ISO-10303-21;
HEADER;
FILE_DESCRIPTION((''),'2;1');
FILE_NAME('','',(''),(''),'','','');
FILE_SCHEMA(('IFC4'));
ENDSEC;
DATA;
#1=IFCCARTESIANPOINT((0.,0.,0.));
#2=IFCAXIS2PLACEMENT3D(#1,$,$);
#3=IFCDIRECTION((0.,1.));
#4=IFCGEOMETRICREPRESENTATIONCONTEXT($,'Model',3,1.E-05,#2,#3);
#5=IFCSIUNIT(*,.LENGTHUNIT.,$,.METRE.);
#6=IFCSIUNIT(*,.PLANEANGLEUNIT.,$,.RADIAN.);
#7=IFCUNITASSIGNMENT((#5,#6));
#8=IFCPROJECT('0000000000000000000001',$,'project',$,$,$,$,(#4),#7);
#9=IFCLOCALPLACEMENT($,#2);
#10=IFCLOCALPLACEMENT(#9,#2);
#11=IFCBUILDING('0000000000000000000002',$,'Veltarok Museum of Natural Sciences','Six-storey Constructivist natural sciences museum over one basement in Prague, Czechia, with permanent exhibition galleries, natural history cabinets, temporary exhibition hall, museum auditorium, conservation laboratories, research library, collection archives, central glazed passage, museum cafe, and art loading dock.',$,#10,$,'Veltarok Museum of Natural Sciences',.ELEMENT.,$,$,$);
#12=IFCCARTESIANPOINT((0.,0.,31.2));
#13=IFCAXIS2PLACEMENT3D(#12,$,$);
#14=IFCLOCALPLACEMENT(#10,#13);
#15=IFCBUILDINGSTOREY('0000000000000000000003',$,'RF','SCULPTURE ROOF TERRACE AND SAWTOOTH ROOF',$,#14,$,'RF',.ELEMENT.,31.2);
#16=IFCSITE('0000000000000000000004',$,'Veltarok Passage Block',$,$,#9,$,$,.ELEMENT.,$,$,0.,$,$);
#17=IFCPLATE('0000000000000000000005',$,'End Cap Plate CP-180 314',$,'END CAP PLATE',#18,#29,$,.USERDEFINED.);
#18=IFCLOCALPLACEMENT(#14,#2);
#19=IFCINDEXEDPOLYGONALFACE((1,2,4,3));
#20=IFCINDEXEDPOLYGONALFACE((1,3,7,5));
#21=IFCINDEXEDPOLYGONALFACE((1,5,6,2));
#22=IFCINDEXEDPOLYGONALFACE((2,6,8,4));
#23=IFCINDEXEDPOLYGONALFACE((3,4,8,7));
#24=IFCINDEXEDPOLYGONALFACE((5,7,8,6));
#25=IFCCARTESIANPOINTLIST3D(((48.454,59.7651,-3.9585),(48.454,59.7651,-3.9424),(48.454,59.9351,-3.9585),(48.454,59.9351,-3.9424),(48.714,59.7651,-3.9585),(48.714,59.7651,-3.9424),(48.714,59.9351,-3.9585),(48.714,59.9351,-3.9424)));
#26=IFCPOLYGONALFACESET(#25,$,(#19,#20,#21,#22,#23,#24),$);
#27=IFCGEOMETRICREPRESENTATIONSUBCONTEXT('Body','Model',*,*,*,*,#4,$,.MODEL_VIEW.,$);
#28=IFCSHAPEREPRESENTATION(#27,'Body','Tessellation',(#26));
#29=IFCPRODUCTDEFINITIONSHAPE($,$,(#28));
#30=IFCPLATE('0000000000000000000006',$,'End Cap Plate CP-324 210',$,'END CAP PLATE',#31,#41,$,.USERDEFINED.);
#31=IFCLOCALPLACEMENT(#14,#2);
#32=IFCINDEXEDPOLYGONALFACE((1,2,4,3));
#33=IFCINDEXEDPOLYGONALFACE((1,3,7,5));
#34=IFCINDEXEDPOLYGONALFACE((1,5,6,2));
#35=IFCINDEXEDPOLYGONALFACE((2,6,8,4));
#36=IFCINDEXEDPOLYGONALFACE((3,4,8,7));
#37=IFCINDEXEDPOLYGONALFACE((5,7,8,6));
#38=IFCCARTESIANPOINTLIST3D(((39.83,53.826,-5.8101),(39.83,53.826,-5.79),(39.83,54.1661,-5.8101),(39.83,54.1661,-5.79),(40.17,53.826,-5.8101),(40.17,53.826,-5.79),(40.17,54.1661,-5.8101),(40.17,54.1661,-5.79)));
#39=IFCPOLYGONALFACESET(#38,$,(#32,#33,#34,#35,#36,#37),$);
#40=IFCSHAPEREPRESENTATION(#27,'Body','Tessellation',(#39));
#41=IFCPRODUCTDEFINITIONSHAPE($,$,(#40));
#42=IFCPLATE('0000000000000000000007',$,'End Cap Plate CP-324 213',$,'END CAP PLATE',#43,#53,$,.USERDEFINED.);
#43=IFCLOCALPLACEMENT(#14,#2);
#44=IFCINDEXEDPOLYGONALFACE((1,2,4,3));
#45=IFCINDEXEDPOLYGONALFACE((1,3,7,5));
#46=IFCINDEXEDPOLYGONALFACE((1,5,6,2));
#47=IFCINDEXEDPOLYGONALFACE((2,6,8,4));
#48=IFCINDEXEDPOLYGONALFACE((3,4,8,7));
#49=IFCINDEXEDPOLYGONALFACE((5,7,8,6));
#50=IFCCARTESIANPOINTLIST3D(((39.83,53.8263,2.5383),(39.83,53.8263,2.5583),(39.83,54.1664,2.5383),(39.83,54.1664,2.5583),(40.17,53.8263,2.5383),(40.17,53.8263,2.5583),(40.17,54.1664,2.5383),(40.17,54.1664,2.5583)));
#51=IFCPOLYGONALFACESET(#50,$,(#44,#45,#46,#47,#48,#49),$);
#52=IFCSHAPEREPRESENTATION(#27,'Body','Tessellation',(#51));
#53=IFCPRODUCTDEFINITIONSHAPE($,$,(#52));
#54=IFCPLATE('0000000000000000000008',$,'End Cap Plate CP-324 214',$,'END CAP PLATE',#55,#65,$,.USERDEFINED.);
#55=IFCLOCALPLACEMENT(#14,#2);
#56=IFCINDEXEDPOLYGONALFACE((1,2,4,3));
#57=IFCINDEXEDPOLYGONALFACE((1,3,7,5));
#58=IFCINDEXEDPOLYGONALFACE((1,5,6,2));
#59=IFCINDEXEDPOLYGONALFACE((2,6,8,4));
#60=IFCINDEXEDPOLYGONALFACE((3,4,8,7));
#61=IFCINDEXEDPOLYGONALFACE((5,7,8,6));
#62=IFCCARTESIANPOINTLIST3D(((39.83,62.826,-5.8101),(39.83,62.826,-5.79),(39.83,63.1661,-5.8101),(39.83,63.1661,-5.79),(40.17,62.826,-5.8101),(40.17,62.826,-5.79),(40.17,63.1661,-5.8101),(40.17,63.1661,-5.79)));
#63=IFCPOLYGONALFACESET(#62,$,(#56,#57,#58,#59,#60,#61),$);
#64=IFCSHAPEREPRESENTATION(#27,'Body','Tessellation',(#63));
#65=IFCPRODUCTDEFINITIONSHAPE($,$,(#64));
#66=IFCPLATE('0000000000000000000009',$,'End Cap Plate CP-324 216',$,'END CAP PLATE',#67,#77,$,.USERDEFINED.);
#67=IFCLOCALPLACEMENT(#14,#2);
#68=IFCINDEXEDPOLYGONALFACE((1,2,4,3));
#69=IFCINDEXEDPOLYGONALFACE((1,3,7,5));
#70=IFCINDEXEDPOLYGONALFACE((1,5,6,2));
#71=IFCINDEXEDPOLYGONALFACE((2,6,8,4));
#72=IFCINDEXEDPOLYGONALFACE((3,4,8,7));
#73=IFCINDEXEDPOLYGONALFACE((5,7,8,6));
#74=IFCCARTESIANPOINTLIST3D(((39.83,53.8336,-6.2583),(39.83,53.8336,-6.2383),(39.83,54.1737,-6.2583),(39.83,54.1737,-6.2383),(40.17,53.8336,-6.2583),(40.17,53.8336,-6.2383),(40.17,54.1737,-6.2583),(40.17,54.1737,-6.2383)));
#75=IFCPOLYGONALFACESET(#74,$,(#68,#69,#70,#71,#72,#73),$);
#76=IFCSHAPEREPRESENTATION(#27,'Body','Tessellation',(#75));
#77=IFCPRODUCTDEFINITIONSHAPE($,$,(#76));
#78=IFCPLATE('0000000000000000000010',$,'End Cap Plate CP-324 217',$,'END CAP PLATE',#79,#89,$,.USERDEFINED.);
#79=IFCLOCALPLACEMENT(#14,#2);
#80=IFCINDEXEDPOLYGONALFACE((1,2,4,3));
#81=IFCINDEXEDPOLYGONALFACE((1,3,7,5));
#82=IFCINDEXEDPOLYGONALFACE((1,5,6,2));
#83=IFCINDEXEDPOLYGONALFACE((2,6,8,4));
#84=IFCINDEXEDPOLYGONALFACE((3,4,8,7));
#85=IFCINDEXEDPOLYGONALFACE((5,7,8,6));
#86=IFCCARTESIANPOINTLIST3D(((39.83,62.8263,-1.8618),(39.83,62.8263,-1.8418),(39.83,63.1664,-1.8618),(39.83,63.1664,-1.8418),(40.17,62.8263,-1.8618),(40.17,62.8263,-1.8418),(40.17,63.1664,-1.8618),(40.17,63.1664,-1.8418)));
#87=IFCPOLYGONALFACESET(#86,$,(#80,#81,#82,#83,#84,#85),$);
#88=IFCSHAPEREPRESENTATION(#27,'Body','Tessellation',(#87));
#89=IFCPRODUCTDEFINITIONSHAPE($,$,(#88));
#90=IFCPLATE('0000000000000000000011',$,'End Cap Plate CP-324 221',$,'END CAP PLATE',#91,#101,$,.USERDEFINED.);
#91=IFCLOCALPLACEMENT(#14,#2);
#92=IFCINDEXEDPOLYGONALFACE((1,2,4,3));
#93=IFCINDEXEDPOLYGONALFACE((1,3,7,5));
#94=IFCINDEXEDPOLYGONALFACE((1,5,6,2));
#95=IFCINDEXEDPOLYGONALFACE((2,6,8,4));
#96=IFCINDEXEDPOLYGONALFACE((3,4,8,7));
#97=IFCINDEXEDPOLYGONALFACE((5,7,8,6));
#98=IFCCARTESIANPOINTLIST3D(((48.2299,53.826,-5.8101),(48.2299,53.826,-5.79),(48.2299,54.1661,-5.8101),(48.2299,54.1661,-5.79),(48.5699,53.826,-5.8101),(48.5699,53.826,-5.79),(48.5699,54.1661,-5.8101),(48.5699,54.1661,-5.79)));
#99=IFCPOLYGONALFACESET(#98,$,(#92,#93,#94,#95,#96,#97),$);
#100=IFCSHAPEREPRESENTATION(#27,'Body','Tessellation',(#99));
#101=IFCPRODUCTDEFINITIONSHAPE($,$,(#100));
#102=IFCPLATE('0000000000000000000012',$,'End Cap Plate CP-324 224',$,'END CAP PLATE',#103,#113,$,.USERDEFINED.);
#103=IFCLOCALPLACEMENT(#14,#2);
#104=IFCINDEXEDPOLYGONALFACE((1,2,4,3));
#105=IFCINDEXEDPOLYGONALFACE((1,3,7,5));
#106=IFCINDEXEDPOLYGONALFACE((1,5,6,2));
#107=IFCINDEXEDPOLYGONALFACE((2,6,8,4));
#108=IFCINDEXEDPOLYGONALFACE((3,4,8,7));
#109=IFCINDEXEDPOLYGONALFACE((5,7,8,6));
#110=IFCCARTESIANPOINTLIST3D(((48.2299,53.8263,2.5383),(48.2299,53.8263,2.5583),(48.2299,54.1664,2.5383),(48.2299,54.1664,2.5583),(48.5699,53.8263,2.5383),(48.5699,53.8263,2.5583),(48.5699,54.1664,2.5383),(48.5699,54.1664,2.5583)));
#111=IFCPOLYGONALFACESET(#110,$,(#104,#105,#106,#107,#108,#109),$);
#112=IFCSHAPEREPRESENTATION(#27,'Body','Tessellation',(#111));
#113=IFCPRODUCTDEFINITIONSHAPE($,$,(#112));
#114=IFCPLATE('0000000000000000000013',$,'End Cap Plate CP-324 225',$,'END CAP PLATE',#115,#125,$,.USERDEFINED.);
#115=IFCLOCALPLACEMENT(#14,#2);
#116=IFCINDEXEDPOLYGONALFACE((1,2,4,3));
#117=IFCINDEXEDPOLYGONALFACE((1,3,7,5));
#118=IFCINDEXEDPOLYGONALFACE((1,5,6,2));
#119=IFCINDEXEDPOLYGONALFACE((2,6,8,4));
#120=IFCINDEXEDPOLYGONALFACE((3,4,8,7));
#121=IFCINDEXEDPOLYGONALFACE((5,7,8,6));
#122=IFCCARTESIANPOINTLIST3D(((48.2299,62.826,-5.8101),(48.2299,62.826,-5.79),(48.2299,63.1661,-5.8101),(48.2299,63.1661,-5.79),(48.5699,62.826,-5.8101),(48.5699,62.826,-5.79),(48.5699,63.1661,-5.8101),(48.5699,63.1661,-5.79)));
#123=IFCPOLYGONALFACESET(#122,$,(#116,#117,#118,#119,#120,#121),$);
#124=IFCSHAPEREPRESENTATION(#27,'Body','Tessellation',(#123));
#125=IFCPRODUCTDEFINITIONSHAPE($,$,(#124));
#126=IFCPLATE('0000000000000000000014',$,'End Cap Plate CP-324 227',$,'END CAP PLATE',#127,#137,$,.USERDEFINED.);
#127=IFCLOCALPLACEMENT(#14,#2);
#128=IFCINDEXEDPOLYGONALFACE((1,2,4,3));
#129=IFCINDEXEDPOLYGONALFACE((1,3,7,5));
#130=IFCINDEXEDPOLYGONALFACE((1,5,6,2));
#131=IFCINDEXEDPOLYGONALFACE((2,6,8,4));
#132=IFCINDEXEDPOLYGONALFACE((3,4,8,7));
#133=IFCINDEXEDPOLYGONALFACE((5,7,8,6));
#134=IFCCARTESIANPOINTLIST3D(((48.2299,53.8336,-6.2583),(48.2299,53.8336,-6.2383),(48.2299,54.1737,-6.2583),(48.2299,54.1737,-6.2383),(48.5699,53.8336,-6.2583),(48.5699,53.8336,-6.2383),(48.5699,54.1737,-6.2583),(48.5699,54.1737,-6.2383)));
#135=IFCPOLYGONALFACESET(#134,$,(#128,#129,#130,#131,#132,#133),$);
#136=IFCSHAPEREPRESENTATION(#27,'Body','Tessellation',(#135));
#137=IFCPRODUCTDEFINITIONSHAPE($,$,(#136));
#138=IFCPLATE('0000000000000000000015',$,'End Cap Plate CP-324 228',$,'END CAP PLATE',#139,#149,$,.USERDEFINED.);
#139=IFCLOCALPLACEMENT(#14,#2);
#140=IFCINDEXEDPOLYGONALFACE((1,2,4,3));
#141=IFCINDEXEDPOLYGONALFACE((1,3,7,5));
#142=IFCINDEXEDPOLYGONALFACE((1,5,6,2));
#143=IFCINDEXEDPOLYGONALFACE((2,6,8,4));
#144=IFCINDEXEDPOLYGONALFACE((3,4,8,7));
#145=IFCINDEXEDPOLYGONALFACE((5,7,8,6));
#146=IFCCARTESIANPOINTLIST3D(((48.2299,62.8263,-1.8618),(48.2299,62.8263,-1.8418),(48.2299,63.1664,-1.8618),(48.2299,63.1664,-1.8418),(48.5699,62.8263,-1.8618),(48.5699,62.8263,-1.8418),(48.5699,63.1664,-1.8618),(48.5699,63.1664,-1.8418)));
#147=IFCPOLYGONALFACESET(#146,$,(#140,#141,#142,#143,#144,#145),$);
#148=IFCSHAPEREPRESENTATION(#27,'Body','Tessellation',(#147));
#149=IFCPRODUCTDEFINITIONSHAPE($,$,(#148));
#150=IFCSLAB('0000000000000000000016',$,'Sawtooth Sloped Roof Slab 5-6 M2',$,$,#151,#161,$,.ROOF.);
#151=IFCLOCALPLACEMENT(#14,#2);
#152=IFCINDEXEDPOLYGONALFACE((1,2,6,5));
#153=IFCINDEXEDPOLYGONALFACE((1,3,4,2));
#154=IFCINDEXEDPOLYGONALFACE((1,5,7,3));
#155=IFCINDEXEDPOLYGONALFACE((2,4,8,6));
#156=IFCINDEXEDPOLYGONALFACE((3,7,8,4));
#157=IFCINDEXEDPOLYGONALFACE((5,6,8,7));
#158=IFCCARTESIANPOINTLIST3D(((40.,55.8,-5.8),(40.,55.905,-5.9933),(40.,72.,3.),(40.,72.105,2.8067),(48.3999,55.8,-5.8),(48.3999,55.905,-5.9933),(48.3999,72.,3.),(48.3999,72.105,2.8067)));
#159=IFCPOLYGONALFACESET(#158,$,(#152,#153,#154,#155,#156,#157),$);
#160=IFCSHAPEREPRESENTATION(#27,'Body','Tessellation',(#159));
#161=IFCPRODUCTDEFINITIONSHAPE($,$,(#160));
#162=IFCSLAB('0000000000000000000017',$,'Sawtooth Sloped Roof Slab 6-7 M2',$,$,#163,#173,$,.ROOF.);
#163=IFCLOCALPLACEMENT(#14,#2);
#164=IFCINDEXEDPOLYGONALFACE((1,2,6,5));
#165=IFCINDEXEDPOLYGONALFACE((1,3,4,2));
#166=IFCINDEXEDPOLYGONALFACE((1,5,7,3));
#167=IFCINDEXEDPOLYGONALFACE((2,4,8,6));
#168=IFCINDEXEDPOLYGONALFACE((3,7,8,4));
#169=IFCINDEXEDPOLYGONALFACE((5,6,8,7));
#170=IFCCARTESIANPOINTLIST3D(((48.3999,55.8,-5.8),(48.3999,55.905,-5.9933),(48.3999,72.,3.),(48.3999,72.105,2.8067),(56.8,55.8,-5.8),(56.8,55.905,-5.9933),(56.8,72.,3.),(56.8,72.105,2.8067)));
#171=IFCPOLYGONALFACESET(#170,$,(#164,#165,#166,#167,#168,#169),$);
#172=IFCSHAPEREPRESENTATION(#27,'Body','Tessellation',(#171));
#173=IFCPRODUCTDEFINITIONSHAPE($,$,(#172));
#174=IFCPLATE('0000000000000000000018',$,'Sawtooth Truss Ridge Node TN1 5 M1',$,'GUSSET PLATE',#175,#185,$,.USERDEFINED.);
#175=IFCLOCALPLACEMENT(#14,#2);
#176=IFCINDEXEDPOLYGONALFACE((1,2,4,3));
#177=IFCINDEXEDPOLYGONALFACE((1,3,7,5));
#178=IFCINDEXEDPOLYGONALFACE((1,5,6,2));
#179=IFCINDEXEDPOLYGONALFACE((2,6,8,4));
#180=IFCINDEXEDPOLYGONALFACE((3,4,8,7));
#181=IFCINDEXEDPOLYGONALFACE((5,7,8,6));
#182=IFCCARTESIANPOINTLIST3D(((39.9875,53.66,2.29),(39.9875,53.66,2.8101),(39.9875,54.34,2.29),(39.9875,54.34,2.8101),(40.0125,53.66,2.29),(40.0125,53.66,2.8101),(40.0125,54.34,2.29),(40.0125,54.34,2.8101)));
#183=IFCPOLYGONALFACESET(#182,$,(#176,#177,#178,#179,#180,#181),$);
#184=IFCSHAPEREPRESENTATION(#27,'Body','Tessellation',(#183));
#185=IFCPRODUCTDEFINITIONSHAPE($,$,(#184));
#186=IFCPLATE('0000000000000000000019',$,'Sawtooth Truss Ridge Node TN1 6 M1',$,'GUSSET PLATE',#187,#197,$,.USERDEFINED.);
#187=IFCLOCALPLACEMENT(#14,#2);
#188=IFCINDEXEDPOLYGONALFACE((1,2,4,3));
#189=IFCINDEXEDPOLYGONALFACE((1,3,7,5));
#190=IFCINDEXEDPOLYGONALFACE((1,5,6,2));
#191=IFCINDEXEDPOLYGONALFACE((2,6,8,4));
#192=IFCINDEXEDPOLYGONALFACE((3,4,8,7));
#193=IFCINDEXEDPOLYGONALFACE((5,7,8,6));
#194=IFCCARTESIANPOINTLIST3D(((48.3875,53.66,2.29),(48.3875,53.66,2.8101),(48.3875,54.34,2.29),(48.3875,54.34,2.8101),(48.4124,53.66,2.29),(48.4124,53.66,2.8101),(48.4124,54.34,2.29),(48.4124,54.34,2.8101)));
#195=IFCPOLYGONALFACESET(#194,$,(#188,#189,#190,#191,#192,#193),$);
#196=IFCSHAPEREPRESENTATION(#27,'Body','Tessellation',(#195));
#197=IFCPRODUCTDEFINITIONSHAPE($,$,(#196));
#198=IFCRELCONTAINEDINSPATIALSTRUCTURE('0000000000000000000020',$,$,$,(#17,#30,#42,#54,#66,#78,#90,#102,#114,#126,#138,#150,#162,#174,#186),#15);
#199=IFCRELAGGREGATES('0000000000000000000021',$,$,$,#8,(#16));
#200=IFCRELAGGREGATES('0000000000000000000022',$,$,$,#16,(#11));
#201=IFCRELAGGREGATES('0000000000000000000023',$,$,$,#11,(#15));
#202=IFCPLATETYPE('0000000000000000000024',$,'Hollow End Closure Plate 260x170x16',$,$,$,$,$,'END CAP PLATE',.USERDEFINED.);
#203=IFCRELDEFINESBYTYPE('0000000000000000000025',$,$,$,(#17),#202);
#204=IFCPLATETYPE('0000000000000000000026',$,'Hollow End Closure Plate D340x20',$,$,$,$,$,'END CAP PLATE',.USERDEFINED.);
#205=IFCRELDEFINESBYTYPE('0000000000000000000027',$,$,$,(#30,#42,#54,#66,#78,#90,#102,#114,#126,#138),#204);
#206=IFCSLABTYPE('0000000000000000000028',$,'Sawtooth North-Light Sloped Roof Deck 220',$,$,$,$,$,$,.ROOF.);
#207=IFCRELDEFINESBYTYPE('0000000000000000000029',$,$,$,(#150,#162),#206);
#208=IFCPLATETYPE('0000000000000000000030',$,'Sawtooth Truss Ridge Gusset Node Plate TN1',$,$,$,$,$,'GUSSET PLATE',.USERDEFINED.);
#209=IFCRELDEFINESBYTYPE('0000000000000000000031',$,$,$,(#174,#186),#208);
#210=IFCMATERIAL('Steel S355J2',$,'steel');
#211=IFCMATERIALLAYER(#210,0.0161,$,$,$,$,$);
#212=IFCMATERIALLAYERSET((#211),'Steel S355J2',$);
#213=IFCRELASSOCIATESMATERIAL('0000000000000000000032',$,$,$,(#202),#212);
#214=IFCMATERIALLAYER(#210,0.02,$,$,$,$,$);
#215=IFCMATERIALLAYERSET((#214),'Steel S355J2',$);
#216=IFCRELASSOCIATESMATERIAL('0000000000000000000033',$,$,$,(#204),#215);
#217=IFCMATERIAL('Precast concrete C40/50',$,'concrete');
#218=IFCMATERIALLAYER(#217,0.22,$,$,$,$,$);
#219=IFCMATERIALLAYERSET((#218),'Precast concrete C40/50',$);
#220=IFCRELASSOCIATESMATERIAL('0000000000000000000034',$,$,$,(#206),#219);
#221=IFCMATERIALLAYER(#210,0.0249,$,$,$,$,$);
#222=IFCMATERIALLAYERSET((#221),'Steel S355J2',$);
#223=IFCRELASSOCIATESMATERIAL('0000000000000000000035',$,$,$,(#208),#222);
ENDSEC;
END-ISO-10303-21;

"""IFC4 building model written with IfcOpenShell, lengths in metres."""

from ifc_helpers import new_model, si_unit, direction, frame, origin, origin_2d, place, context, subcontext, project, spatial, polyline, rectangle, outline, extrude, material, layer, layer_set, type_object, element, save


model = new_model("IFC4")

# Units and contexts
model_context = context("Model", 3, precision=1e-05, world=origin(), true_north=direction((0.0, 1.0)))
body_context = subcontext(model_context, "Body", "Model", "MODEL_VIEW")
ifc_project = project(units=[si_unit("LENGTHUNIT", "METRE"), si_unit("PLANEANGLEUNIT", "RADIAN")], contexts=[model_context])

# Site, building, storey
site_placement = place(None, origin())
site = spatial("IfcSite", under=ifc_project, at=site_placement, Name="Veltarok Passage Block", CompositionType="ELEMENT", RefElevation=0.0)
building_placement = place(site_placement, origin())
building = spatial("IfcBuilding", under=site, at=building_placement, Name="Veltarok Museum of Natural Sciences", Description="Six-storey Constructivist natural sciences museum over one basement in Prague, Czechia, with permanent exhibition galleries, natural history cabinets, temporary exhibition hall, museum auditorium, conservation laboratories, research library, collection archives, central glazed passage, museum cafe, and art loading dock.", LongName="Veltarok Museum of Natural Sciences", CompositionType="ELEMENT")
storey_placement = place(building_placement, frame((0.0, 0.0, 31.2)))
storey = spatial("IfcBuildingStorey", under=building, at=storey_placement, Name="RF", Description="SCULPTURE ROOF TERRACE AND SAWTOOTH ROOF", LongName="RF", CompositionType="ELEMENT", Elevation=31.2)

# Shared definitions
ifc_material_1 = material(Name="Steel S355J2", Category="steel")

# Plates
ifc_layer_1 = layer(ifc_material_1, 0.0161)
ifc_layer_set_1 = layer_set([ifc_layer_1], Name="Steel S355J2")
plate_type_1 = type_object("IfcPlateType", Name="Hollow End Closure Plate 260x170x16", ElementType="END CAP PLATE", PredefinedType="USERDEFINED", material=ifc_layer_set_1)
for number, where, z_axis, x_axis, name in (
    (1, (48.584, 59.8501, -3.9585), (0.0, 0.0, 1.0), (1.0, 0.0, 0.0), "End Cap Plate CP-180 314"),
):
    element("IfcPlate", number, at=place(storey_placement, frame(where, z_axis=z_axis, x_axis=x_axis)), inside=storey, type_object=plate_type_1, Name=name, ObjectType="END CAP PLATE", PredefinedType="USERDEFINED", context=body_context, shape_type="SweptSolid", body=[
        extrude(rectangle(XDim=0.26, YDim=0.1699, at=origin_2d()), origin(), (0.0, 0.0, 1.0), 0.0161),
    ])
ifc_layer_2 = layer(ifc_material_1, 0.02)
ifc_layer_set_2 = layer_set([ifc_layer_2], Name="Steel S355J2")
plate_type_2 = type_object("IfcPlateType", Name="Hollow End Closure Plate D340x20", ElementType="END CAP PLATE", PredefinedType="USERDEFINED", material=ifc_layer_set_2)
for number, where, z_axis, x_axis, name in (
    (2, (40.0, 53.9961, -5.8101), (0.0, 0.0, 1.0), (0.0, 1.0, 0.0), "End Cap Plate CP-324 210"),
    (3, (40.0, 53.9963, 2.5383), (0.0, 0.0, 1.0), (0.0, 1.0, 0.0), "End Cap Plate CP-324 213"),
    (4, (40.0, 62.9961, -5.8101), (0.0, 0.0, 1.0), (0.0, 1.0, 0.0), "End Cap Plate CP-324 214"),
    (5, (40.0, 54.0037, -6.2583), (0.0, 0.0, 1.0), (0.0, 1.0, 0.0), "End Cap Plate CP-324 216"),
    (6, (40.0, 62.9963, -1.8618), (0.0, 0.0, 1.0), (0.0, 1.0, 0.0), "End Cap Plate CP-324 217"),
    (7, (48.3999, 53.9961, -5.8101), (0.0, 0.0, 1.0), (0.0, 1.0, 0.0), "End Cap Plate CP-324 221"),
    (8, (48.3999, 53.9963, 2.5383), (0.0, 0.0, 1.0), (0.0, 1.0, 0.0), "End Cap Plate CP-324 224"),
    (9, (48.3999, 62.9961, -5.8101), (0.0, 0.0, 1.0), (0.0, 1.0, 0.0), "End Cap Plate CP-324 225"),
    (10, (48.3999, 54.0037, -6.2583), (0.0, 0.0, 1.0), (0.0, 1.0, 0.0), "End Cap Plate CP-324 227"),
    (11, (48.3999, 62.9963, -1.8618), (0.0, 0.0, 1.0), (0.0, 1.0, 0.0), "End Cap Plate CP-324 228"),
):
    element("IfcPlate", number, at=place(storey_placement, frame(where, z_axis=z_axis, x_axis=x_axis)), inside=storey, type_object=plate_type_2, Name=name, ObjectType="END CAP PLATE", PredefinedType="USERDEFINED", context=body_context, shape_type="SweptSolid", body=[
        extrude(rectangle(XDim=0.3401, YDim=0.3401, at=origin_2d()), origin(), (0.0, 0.0, 1.0), 0.02),
    ])

# Slabs
ifc_material_2 = material(Name="Precast concrete C40/50", Category="concrete")
ifc_layer_3 = layer(ifc_material_2, 0.22)
ifc_layer_set_3 = layer_set([ifc_layer_3], Name="Precast concrete C40/50")
slab_type = type_object("IfcSlabType", Name="Sawtooth North-Light Sloped Roof Deck 220", PredefinedType="ROOF", material=ifc_layer_set_3)
slab_1_placement = place(storey_placement, frame((40.0, 55.8, -5.8), z_axis=(0.0, -0.477334, 0.878722), x_axis=(1.0, 0.0, 0.0)))
element("IfcSlab", 12, at=slab_1_placement, inside=storey, type_object=slab_type, Name="Sawtooth Sloped Roof Slab 5-6 M2", PredefinedType="ROOF", context=body_context, shape_type="SweptSolid", body=[
    extrude(outline(polyline([(0.0, 0.0), (8.3999, 0.0), (8.3999, 18.4358), (0.0, 18.4358), (0.0, 0.0)])), origin(), (0.0, 0.0, -1.0), 0.22),
])
slab_2_placement = place(storey_placement, frame((48.3999, 55.8, -5.8), z_axis=(0.0, -0.477334, 0.878722), x_axis=(1.0, 0.0, 0.0)))
element("IfcSlab", 13, at=slab_2_placement, inside=storey, type_object=slab_type, Name="Sawtooth Sloped Roof Slab 6-7 M2", PredefinedType="ROOF", context=body_context, shape_type="SweptSolid", body=[
    extrude(outline(polyline([(0.0, 0.0), (8.4001, 0.0), (8.4001, 18.4358), (0.0, 18.4358), (0.0, 0.0)])), origin(), (0.0, 0.0, -1.0), 0.22),
])

# Plates
ifc_layer_4 = layer(ifc_material_1, 0.0249)
ifc_layer_set_4 = layer_set([ifc_layer_4], Name="Steel S355J2")
plate_type_3 = type_object("IfcPlateType", Name="Sawtooth Truss Ridge Gusset Node Plate TN1", ElementType="GUSSET PLATE", PredefinedType="USERDEFINED", material=ifc_layer_set_4)
for number, where, z_axis, x_axis, name in (
    (14, (40.0, 54.0, 2.29), (0.0, 0.0, 1.0), (1.0, 0.0, 0.0), "Sawtooth Truss Ridge Node TN1 5 M1"),
    (15, (48.3999, 54.0, 2.29), (0.0, 0.0, 1.0), (1.0, 0.0, 0.0), "Sawtooth Truss Ridge Node TN1 6 M1"),
):
    element("IfcPlate", number, at=place(storey_placement, frame(where, z_axis=z_axis, x_axis=x_axis)), inside=storey, type_object=plate_type_3, Name=name, ObjectType="GUSSET PLATE", PredefinedType="USERDEFINED", context=body_context, shape_type="SweptSolid", body=[
        extrude(rectangle(XDim=0.0249, YDim=0.6799, at=origin_2d()), origin(), (0.0, 0.0, 1.0), 0.52),
    ])

save(model, "model.ifc")
